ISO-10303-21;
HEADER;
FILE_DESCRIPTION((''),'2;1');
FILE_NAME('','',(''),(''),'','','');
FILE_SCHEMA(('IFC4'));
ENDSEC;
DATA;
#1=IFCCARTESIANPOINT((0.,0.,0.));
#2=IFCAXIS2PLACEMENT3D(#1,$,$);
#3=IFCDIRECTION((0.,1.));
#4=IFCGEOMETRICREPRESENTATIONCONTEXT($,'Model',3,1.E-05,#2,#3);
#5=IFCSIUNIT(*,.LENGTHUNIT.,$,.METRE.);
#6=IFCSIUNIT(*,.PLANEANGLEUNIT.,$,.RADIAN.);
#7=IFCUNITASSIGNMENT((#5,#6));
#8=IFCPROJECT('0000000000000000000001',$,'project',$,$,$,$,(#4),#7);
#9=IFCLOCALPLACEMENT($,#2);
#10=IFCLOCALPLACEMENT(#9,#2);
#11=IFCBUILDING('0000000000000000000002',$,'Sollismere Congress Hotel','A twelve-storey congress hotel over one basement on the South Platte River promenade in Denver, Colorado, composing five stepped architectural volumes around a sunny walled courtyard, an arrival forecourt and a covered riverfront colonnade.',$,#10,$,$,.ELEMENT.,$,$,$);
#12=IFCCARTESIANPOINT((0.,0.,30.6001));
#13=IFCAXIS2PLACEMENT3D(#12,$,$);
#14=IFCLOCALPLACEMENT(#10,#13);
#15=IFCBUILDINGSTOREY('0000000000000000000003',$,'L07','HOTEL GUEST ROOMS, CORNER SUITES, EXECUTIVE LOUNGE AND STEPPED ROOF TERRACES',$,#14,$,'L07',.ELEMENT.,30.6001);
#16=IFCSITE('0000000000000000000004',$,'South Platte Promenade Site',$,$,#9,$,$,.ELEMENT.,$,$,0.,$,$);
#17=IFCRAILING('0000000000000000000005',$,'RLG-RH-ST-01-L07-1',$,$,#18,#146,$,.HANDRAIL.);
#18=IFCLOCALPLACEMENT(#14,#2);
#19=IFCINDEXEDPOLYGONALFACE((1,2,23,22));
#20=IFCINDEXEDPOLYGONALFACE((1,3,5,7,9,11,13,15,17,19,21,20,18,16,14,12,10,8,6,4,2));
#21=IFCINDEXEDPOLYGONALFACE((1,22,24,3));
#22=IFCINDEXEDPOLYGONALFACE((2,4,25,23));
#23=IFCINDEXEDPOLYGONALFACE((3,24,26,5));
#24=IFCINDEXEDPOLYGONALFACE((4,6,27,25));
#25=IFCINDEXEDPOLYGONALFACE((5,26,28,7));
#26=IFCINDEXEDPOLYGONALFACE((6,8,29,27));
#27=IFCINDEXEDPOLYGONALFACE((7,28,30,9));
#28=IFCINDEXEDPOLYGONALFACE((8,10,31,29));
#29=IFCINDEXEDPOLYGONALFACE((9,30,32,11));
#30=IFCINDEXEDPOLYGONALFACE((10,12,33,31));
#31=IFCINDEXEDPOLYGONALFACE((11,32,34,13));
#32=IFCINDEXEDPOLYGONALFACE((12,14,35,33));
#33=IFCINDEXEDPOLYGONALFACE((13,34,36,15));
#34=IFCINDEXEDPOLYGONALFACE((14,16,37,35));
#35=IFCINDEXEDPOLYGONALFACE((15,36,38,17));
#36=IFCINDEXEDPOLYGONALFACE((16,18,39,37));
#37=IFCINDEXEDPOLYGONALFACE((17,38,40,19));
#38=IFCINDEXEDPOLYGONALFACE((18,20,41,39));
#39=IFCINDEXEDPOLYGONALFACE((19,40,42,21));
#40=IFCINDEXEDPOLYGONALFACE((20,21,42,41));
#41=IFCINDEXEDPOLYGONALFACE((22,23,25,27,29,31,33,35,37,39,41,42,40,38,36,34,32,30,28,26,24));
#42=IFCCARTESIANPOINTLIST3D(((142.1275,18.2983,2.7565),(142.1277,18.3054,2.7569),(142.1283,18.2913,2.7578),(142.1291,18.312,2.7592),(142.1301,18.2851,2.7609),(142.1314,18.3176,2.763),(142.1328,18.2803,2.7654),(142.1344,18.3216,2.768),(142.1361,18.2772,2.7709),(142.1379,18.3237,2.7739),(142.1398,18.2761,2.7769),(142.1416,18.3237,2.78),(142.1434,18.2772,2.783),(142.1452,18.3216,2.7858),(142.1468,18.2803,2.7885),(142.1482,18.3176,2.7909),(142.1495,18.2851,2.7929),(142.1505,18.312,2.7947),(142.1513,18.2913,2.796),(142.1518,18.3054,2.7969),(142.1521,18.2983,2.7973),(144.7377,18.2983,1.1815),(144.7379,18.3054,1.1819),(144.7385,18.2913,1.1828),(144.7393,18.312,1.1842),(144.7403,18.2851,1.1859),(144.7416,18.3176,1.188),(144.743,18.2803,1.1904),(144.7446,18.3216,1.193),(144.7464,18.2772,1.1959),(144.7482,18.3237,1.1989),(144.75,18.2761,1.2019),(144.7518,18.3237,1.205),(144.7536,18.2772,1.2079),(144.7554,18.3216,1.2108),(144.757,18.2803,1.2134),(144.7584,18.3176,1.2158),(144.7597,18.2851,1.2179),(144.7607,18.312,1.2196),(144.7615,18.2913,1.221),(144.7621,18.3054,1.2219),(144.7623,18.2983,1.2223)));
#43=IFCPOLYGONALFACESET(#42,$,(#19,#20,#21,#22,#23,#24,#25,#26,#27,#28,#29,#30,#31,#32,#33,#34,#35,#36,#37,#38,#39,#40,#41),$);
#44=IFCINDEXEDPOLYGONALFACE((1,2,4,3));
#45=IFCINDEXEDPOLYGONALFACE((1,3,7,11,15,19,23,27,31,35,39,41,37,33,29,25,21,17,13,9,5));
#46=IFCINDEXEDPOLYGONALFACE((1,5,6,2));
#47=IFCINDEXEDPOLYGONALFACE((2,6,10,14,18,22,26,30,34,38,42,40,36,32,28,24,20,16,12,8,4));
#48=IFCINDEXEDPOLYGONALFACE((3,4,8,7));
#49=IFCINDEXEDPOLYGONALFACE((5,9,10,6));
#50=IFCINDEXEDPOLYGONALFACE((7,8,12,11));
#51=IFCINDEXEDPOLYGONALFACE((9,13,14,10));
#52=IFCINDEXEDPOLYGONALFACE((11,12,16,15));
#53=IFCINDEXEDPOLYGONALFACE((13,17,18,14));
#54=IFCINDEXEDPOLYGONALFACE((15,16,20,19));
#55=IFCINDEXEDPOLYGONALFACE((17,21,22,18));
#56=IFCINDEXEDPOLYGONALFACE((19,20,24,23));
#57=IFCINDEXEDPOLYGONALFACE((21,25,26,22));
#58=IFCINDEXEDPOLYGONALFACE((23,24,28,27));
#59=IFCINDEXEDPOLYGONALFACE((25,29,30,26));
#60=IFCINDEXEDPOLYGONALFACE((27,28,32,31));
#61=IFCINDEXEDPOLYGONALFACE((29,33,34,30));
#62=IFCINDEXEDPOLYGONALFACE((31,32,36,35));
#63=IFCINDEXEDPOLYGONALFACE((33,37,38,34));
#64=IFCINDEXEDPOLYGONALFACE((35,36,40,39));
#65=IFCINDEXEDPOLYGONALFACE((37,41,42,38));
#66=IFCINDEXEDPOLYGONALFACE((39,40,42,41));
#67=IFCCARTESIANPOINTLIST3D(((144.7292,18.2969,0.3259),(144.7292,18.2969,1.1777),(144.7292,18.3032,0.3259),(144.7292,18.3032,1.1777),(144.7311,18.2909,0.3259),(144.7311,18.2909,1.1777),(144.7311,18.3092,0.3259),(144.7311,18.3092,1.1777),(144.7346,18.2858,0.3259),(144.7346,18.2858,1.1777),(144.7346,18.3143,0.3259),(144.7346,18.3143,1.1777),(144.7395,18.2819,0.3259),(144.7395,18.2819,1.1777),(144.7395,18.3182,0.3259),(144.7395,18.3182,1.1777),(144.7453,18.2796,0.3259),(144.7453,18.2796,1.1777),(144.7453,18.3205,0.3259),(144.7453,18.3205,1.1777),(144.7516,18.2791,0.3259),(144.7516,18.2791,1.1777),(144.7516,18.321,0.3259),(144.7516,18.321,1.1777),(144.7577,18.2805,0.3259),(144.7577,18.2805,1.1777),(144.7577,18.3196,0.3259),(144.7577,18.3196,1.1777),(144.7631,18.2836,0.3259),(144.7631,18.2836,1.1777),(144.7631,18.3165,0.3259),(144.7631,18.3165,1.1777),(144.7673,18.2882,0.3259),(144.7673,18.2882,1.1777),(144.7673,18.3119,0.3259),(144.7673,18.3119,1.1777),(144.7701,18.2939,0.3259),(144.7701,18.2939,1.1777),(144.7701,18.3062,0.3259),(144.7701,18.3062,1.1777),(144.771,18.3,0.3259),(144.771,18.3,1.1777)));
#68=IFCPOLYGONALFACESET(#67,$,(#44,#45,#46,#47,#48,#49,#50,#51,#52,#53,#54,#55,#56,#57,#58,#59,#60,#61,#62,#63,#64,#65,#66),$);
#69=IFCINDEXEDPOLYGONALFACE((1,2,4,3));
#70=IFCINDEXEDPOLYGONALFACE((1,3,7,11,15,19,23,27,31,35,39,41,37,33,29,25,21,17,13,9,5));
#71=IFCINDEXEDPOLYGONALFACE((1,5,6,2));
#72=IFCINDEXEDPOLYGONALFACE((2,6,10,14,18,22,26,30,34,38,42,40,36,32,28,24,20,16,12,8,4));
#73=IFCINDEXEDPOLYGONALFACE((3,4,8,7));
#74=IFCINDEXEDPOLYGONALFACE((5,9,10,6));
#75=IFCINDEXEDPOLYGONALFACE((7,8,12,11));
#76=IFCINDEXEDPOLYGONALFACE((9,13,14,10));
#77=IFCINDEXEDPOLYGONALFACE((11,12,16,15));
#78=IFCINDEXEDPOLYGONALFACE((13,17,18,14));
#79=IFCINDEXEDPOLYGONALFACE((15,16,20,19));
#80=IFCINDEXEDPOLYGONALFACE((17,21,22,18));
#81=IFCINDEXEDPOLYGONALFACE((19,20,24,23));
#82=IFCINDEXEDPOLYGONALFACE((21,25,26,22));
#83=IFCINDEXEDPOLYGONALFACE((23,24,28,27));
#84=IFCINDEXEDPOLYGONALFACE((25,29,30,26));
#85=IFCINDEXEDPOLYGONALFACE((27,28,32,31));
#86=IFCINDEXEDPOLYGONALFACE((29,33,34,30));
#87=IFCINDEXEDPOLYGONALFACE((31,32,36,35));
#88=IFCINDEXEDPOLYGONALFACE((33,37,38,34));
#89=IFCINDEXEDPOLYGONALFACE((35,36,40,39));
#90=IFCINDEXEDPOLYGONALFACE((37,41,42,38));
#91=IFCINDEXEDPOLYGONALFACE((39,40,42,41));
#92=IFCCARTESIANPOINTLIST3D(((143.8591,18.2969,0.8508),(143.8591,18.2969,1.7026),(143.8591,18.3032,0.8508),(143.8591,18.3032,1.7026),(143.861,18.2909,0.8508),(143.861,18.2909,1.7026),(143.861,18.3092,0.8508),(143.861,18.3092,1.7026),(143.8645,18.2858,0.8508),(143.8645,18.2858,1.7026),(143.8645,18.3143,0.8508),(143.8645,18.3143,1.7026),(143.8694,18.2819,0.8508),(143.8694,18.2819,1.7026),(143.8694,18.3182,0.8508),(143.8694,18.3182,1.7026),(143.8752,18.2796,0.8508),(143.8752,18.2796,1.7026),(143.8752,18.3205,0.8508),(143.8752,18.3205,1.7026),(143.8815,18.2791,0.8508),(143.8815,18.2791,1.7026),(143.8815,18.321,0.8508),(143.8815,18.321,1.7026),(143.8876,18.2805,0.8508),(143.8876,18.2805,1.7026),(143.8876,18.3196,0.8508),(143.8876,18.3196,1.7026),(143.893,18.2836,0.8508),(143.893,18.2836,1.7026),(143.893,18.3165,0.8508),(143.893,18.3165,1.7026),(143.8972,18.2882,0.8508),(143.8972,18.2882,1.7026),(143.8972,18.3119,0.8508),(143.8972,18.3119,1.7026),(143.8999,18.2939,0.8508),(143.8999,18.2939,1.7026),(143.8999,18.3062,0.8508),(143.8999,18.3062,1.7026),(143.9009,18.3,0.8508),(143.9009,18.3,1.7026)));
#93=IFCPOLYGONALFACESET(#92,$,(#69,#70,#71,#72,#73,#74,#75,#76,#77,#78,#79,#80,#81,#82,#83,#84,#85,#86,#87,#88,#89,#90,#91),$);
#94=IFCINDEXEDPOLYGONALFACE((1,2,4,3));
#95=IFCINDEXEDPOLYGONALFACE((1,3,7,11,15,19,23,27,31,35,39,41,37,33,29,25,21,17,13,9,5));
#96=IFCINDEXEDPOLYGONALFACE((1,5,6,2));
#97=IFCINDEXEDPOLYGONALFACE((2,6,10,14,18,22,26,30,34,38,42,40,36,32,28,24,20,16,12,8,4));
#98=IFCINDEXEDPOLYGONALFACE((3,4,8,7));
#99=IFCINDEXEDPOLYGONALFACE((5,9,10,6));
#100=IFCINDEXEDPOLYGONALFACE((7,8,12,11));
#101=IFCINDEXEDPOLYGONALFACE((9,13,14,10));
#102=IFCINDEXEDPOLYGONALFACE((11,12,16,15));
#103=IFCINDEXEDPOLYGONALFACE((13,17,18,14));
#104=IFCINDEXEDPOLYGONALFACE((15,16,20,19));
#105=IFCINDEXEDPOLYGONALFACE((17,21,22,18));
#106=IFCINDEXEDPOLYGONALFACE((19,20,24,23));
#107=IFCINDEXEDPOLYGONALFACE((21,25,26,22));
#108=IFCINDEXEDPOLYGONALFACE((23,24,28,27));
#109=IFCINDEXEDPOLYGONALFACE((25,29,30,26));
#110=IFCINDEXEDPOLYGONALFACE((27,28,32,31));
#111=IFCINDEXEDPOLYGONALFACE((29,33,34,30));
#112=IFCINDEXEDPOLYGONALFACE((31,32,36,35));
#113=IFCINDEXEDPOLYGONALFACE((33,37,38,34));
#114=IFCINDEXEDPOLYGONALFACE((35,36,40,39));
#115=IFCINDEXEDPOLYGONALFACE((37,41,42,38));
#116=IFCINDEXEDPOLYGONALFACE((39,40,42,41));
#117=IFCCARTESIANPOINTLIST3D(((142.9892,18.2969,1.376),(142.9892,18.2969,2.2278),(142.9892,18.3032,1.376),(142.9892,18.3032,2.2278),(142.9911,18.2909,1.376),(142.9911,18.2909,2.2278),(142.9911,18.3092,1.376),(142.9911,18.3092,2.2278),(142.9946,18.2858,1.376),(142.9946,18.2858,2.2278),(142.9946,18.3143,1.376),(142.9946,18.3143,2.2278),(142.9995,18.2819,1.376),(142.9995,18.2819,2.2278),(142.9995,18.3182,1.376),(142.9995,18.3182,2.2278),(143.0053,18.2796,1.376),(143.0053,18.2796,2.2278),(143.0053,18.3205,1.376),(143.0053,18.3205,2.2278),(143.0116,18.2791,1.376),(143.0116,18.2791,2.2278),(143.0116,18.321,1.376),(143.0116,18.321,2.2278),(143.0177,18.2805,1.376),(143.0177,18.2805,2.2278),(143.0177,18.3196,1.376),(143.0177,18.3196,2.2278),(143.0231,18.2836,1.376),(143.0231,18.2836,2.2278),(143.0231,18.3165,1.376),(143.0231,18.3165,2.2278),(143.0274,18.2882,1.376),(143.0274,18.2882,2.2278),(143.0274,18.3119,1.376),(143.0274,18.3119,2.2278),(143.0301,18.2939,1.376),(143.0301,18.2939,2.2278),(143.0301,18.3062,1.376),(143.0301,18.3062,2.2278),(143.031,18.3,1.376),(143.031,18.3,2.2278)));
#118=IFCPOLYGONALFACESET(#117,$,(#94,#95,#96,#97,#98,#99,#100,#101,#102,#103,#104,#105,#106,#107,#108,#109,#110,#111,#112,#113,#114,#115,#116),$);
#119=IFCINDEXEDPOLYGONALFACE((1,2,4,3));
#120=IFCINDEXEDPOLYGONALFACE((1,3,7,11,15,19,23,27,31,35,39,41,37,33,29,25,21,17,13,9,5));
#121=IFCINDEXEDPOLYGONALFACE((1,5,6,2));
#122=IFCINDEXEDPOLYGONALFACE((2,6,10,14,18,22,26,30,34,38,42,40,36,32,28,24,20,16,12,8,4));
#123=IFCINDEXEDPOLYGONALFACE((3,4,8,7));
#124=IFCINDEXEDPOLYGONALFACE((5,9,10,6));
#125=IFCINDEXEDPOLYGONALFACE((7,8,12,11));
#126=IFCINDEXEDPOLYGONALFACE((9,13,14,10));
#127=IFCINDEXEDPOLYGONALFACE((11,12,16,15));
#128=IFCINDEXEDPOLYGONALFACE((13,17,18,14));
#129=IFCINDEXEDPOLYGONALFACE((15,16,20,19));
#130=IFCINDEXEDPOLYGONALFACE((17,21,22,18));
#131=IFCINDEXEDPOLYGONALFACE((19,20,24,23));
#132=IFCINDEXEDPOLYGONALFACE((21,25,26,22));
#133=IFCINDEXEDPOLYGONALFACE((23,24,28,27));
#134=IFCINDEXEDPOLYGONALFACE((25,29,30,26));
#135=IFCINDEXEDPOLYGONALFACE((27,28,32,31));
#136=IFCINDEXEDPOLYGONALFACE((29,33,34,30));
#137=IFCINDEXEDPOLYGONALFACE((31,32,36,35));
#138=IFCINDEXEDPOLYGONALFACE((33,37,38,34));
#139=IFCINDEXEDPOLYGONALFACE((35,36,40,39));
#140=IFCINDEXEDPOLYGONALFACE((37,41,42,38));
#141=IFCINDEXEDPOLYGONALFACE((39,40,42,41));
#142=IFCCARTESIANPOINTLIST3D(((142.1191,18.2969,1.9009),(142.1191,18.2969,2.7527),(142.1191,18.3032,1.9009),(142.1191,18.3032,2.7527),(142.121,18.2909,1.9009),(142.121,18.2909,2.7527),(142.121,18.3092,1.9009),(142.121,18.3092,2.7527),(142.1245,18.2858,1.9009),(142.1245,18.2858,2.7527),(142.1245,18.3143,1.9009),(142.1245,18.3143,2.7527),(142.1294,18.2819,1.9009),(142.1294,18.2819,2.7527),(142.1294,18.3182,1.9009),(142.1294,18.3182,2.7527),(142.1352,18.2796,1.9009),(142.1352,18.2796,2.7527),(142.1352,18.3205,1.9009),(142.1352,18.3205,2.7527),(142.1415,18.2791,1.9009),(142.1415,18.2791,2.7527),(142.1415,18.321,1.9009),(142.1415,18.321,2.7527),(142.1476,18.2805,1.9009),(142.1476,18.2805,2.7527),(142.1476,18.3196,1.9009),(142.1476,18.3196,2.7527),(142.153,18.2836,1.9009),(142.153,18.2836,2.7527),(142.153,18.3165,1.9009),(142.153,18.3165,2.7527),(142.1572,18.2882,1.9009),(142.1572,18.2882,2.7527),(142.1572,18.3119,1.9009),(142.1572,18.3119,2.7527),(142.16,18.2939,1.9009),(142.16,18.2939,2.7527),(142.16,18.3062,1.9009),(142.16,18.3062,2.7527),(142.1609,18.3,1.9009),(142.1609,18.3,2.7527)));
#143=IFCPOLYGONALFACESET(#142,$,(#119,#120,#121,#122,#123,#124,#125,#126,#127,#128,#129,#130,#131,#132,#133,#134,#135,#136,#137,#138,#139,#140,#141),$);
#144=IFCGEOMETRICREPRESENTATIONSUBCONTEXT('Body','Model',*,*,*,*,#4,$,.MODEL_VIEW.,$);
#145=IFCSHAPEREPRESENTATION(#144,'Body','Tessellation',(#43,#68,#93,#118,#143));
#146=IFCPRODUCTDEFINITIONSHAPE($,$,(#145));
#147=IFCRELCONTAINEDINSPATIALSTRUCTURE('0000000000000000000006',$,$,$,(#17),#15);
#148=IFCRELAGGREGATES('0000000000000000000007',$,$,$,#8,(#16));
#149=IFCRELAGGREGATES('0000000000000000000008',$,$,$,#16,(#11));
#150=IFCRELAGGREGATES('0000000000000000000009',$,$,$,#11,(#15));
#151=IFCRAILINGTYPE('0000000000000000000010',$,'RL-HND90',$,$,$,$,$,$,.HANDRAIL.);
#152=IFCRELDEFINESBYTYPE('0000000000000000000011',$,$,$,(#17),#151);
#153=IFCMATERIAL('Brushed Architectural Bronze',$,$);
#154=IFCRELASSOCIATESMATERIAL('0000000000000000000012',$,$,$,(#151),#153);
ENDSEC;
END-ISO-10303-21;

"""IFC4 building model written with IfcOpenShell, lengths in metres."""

from ifc_helpers import new_model, si_unit, direction, frame, origin, origin_2d, place, context, subcontext, project, spatial, circle, extrude, material, type_object, element, save


model = new_model("IFC4")

# Units and contexts
model_context = context("Model", 3, precision=1e-05, world=origin(), true_north=direction((0.0, 1.0)))
body_context = subcontext(model_context, "Body", "Model", "MODEL_VIEW")
ifc_project = project(units=[si_unit("LENGTHUNIT", "METRE"), si_unit("PLANEANGLEUNIT", "RADIAN")], contexts=[model_context])

# Site, building, storey
site_placement = place(None, origin())
site = spatial("IfcSite", under=ifc_project, at=site_placement, Name="South Platte Promenade Site", CompositionType="ELEMENT", RefElevation=0.0)
building_placement = place(site_placement, origin())
building = spatial("IfcBuilding", under=site, at=building_placement, Name="Sollismere Congress Hotel", Description="A twelve-storey congress hotel over one basement on the South Platte River promenade in Denver, Colorado, composing five stepped architectural volumes around a sunny walled courtyard, an arrival forecourt and a covered riverfront colonnade.", CompositionType="ELEMENT")
storey_placement = place(building_placement, frame((0.0, 0.0, 30.6001)))
storey = spatial("IfcBuildingStorey", under=building, at=storey_placement, Name="L07", Description="HOTEL GUEST ROOMS, CORNER SUITES, EXECUTIVE LOUNGE AND STEPPED ROOF TERRACES", LongName="L07", CompositionType="ELEMENT", Elevation=30.6001)

# Railing
ifc_material_1 = material(Name="Brushed Architectural Bronze")
railing_type_1 = type_object("IfcRailingType", Name="RL-HND90", PredefinedType="HANDRAIL", material=ifc_material_1)
railing_1_placement = place(storey_placement, frame((144.75, 18.3, 0.3259)))
element("IfcRailing", 1, at=railing_1_placement, inside=storey, type_object=railing_type_1, Name="RLG-RH-ST-01-L07-1", PredefinedType="HANDRAIL", context=body_context, shape_type="SweptSolid", body=[
    extrude(circle(Radius=0.0239, at=origin_2d()), frame((0.0, 0.0, 0.876), z_axis=(-0.856204, 0.0, 0.516638), x_axis=(0.0, -1.0, 0.0)), (0.0, 0.0, 1.0), 3.0486),
    extrude(circle(Radius=0.021, at=origin_2d()), origin(), (0.0, 0.0, 1.0), 0.8518),
    extrude(circle(Radius=0.021, at=origin_2d()), frame((-0.8701, 0.0, 0.5249)), (0.0, 0.0, 1.0), 0.8518),
    extrude(circle(Radius=0.021, at=origin_2d()), frame((-1.74, 0.0, 1.05)), (0.0, 0.0, 1.0), 0.8518),
    extrude(circle(Radius=0.021, at=origin_2d()), frame((-2.6101, 0.0, 1.575)), (0.0, 0.0, 1.0), 0.8518),
])

save(model, "model.ifc")
